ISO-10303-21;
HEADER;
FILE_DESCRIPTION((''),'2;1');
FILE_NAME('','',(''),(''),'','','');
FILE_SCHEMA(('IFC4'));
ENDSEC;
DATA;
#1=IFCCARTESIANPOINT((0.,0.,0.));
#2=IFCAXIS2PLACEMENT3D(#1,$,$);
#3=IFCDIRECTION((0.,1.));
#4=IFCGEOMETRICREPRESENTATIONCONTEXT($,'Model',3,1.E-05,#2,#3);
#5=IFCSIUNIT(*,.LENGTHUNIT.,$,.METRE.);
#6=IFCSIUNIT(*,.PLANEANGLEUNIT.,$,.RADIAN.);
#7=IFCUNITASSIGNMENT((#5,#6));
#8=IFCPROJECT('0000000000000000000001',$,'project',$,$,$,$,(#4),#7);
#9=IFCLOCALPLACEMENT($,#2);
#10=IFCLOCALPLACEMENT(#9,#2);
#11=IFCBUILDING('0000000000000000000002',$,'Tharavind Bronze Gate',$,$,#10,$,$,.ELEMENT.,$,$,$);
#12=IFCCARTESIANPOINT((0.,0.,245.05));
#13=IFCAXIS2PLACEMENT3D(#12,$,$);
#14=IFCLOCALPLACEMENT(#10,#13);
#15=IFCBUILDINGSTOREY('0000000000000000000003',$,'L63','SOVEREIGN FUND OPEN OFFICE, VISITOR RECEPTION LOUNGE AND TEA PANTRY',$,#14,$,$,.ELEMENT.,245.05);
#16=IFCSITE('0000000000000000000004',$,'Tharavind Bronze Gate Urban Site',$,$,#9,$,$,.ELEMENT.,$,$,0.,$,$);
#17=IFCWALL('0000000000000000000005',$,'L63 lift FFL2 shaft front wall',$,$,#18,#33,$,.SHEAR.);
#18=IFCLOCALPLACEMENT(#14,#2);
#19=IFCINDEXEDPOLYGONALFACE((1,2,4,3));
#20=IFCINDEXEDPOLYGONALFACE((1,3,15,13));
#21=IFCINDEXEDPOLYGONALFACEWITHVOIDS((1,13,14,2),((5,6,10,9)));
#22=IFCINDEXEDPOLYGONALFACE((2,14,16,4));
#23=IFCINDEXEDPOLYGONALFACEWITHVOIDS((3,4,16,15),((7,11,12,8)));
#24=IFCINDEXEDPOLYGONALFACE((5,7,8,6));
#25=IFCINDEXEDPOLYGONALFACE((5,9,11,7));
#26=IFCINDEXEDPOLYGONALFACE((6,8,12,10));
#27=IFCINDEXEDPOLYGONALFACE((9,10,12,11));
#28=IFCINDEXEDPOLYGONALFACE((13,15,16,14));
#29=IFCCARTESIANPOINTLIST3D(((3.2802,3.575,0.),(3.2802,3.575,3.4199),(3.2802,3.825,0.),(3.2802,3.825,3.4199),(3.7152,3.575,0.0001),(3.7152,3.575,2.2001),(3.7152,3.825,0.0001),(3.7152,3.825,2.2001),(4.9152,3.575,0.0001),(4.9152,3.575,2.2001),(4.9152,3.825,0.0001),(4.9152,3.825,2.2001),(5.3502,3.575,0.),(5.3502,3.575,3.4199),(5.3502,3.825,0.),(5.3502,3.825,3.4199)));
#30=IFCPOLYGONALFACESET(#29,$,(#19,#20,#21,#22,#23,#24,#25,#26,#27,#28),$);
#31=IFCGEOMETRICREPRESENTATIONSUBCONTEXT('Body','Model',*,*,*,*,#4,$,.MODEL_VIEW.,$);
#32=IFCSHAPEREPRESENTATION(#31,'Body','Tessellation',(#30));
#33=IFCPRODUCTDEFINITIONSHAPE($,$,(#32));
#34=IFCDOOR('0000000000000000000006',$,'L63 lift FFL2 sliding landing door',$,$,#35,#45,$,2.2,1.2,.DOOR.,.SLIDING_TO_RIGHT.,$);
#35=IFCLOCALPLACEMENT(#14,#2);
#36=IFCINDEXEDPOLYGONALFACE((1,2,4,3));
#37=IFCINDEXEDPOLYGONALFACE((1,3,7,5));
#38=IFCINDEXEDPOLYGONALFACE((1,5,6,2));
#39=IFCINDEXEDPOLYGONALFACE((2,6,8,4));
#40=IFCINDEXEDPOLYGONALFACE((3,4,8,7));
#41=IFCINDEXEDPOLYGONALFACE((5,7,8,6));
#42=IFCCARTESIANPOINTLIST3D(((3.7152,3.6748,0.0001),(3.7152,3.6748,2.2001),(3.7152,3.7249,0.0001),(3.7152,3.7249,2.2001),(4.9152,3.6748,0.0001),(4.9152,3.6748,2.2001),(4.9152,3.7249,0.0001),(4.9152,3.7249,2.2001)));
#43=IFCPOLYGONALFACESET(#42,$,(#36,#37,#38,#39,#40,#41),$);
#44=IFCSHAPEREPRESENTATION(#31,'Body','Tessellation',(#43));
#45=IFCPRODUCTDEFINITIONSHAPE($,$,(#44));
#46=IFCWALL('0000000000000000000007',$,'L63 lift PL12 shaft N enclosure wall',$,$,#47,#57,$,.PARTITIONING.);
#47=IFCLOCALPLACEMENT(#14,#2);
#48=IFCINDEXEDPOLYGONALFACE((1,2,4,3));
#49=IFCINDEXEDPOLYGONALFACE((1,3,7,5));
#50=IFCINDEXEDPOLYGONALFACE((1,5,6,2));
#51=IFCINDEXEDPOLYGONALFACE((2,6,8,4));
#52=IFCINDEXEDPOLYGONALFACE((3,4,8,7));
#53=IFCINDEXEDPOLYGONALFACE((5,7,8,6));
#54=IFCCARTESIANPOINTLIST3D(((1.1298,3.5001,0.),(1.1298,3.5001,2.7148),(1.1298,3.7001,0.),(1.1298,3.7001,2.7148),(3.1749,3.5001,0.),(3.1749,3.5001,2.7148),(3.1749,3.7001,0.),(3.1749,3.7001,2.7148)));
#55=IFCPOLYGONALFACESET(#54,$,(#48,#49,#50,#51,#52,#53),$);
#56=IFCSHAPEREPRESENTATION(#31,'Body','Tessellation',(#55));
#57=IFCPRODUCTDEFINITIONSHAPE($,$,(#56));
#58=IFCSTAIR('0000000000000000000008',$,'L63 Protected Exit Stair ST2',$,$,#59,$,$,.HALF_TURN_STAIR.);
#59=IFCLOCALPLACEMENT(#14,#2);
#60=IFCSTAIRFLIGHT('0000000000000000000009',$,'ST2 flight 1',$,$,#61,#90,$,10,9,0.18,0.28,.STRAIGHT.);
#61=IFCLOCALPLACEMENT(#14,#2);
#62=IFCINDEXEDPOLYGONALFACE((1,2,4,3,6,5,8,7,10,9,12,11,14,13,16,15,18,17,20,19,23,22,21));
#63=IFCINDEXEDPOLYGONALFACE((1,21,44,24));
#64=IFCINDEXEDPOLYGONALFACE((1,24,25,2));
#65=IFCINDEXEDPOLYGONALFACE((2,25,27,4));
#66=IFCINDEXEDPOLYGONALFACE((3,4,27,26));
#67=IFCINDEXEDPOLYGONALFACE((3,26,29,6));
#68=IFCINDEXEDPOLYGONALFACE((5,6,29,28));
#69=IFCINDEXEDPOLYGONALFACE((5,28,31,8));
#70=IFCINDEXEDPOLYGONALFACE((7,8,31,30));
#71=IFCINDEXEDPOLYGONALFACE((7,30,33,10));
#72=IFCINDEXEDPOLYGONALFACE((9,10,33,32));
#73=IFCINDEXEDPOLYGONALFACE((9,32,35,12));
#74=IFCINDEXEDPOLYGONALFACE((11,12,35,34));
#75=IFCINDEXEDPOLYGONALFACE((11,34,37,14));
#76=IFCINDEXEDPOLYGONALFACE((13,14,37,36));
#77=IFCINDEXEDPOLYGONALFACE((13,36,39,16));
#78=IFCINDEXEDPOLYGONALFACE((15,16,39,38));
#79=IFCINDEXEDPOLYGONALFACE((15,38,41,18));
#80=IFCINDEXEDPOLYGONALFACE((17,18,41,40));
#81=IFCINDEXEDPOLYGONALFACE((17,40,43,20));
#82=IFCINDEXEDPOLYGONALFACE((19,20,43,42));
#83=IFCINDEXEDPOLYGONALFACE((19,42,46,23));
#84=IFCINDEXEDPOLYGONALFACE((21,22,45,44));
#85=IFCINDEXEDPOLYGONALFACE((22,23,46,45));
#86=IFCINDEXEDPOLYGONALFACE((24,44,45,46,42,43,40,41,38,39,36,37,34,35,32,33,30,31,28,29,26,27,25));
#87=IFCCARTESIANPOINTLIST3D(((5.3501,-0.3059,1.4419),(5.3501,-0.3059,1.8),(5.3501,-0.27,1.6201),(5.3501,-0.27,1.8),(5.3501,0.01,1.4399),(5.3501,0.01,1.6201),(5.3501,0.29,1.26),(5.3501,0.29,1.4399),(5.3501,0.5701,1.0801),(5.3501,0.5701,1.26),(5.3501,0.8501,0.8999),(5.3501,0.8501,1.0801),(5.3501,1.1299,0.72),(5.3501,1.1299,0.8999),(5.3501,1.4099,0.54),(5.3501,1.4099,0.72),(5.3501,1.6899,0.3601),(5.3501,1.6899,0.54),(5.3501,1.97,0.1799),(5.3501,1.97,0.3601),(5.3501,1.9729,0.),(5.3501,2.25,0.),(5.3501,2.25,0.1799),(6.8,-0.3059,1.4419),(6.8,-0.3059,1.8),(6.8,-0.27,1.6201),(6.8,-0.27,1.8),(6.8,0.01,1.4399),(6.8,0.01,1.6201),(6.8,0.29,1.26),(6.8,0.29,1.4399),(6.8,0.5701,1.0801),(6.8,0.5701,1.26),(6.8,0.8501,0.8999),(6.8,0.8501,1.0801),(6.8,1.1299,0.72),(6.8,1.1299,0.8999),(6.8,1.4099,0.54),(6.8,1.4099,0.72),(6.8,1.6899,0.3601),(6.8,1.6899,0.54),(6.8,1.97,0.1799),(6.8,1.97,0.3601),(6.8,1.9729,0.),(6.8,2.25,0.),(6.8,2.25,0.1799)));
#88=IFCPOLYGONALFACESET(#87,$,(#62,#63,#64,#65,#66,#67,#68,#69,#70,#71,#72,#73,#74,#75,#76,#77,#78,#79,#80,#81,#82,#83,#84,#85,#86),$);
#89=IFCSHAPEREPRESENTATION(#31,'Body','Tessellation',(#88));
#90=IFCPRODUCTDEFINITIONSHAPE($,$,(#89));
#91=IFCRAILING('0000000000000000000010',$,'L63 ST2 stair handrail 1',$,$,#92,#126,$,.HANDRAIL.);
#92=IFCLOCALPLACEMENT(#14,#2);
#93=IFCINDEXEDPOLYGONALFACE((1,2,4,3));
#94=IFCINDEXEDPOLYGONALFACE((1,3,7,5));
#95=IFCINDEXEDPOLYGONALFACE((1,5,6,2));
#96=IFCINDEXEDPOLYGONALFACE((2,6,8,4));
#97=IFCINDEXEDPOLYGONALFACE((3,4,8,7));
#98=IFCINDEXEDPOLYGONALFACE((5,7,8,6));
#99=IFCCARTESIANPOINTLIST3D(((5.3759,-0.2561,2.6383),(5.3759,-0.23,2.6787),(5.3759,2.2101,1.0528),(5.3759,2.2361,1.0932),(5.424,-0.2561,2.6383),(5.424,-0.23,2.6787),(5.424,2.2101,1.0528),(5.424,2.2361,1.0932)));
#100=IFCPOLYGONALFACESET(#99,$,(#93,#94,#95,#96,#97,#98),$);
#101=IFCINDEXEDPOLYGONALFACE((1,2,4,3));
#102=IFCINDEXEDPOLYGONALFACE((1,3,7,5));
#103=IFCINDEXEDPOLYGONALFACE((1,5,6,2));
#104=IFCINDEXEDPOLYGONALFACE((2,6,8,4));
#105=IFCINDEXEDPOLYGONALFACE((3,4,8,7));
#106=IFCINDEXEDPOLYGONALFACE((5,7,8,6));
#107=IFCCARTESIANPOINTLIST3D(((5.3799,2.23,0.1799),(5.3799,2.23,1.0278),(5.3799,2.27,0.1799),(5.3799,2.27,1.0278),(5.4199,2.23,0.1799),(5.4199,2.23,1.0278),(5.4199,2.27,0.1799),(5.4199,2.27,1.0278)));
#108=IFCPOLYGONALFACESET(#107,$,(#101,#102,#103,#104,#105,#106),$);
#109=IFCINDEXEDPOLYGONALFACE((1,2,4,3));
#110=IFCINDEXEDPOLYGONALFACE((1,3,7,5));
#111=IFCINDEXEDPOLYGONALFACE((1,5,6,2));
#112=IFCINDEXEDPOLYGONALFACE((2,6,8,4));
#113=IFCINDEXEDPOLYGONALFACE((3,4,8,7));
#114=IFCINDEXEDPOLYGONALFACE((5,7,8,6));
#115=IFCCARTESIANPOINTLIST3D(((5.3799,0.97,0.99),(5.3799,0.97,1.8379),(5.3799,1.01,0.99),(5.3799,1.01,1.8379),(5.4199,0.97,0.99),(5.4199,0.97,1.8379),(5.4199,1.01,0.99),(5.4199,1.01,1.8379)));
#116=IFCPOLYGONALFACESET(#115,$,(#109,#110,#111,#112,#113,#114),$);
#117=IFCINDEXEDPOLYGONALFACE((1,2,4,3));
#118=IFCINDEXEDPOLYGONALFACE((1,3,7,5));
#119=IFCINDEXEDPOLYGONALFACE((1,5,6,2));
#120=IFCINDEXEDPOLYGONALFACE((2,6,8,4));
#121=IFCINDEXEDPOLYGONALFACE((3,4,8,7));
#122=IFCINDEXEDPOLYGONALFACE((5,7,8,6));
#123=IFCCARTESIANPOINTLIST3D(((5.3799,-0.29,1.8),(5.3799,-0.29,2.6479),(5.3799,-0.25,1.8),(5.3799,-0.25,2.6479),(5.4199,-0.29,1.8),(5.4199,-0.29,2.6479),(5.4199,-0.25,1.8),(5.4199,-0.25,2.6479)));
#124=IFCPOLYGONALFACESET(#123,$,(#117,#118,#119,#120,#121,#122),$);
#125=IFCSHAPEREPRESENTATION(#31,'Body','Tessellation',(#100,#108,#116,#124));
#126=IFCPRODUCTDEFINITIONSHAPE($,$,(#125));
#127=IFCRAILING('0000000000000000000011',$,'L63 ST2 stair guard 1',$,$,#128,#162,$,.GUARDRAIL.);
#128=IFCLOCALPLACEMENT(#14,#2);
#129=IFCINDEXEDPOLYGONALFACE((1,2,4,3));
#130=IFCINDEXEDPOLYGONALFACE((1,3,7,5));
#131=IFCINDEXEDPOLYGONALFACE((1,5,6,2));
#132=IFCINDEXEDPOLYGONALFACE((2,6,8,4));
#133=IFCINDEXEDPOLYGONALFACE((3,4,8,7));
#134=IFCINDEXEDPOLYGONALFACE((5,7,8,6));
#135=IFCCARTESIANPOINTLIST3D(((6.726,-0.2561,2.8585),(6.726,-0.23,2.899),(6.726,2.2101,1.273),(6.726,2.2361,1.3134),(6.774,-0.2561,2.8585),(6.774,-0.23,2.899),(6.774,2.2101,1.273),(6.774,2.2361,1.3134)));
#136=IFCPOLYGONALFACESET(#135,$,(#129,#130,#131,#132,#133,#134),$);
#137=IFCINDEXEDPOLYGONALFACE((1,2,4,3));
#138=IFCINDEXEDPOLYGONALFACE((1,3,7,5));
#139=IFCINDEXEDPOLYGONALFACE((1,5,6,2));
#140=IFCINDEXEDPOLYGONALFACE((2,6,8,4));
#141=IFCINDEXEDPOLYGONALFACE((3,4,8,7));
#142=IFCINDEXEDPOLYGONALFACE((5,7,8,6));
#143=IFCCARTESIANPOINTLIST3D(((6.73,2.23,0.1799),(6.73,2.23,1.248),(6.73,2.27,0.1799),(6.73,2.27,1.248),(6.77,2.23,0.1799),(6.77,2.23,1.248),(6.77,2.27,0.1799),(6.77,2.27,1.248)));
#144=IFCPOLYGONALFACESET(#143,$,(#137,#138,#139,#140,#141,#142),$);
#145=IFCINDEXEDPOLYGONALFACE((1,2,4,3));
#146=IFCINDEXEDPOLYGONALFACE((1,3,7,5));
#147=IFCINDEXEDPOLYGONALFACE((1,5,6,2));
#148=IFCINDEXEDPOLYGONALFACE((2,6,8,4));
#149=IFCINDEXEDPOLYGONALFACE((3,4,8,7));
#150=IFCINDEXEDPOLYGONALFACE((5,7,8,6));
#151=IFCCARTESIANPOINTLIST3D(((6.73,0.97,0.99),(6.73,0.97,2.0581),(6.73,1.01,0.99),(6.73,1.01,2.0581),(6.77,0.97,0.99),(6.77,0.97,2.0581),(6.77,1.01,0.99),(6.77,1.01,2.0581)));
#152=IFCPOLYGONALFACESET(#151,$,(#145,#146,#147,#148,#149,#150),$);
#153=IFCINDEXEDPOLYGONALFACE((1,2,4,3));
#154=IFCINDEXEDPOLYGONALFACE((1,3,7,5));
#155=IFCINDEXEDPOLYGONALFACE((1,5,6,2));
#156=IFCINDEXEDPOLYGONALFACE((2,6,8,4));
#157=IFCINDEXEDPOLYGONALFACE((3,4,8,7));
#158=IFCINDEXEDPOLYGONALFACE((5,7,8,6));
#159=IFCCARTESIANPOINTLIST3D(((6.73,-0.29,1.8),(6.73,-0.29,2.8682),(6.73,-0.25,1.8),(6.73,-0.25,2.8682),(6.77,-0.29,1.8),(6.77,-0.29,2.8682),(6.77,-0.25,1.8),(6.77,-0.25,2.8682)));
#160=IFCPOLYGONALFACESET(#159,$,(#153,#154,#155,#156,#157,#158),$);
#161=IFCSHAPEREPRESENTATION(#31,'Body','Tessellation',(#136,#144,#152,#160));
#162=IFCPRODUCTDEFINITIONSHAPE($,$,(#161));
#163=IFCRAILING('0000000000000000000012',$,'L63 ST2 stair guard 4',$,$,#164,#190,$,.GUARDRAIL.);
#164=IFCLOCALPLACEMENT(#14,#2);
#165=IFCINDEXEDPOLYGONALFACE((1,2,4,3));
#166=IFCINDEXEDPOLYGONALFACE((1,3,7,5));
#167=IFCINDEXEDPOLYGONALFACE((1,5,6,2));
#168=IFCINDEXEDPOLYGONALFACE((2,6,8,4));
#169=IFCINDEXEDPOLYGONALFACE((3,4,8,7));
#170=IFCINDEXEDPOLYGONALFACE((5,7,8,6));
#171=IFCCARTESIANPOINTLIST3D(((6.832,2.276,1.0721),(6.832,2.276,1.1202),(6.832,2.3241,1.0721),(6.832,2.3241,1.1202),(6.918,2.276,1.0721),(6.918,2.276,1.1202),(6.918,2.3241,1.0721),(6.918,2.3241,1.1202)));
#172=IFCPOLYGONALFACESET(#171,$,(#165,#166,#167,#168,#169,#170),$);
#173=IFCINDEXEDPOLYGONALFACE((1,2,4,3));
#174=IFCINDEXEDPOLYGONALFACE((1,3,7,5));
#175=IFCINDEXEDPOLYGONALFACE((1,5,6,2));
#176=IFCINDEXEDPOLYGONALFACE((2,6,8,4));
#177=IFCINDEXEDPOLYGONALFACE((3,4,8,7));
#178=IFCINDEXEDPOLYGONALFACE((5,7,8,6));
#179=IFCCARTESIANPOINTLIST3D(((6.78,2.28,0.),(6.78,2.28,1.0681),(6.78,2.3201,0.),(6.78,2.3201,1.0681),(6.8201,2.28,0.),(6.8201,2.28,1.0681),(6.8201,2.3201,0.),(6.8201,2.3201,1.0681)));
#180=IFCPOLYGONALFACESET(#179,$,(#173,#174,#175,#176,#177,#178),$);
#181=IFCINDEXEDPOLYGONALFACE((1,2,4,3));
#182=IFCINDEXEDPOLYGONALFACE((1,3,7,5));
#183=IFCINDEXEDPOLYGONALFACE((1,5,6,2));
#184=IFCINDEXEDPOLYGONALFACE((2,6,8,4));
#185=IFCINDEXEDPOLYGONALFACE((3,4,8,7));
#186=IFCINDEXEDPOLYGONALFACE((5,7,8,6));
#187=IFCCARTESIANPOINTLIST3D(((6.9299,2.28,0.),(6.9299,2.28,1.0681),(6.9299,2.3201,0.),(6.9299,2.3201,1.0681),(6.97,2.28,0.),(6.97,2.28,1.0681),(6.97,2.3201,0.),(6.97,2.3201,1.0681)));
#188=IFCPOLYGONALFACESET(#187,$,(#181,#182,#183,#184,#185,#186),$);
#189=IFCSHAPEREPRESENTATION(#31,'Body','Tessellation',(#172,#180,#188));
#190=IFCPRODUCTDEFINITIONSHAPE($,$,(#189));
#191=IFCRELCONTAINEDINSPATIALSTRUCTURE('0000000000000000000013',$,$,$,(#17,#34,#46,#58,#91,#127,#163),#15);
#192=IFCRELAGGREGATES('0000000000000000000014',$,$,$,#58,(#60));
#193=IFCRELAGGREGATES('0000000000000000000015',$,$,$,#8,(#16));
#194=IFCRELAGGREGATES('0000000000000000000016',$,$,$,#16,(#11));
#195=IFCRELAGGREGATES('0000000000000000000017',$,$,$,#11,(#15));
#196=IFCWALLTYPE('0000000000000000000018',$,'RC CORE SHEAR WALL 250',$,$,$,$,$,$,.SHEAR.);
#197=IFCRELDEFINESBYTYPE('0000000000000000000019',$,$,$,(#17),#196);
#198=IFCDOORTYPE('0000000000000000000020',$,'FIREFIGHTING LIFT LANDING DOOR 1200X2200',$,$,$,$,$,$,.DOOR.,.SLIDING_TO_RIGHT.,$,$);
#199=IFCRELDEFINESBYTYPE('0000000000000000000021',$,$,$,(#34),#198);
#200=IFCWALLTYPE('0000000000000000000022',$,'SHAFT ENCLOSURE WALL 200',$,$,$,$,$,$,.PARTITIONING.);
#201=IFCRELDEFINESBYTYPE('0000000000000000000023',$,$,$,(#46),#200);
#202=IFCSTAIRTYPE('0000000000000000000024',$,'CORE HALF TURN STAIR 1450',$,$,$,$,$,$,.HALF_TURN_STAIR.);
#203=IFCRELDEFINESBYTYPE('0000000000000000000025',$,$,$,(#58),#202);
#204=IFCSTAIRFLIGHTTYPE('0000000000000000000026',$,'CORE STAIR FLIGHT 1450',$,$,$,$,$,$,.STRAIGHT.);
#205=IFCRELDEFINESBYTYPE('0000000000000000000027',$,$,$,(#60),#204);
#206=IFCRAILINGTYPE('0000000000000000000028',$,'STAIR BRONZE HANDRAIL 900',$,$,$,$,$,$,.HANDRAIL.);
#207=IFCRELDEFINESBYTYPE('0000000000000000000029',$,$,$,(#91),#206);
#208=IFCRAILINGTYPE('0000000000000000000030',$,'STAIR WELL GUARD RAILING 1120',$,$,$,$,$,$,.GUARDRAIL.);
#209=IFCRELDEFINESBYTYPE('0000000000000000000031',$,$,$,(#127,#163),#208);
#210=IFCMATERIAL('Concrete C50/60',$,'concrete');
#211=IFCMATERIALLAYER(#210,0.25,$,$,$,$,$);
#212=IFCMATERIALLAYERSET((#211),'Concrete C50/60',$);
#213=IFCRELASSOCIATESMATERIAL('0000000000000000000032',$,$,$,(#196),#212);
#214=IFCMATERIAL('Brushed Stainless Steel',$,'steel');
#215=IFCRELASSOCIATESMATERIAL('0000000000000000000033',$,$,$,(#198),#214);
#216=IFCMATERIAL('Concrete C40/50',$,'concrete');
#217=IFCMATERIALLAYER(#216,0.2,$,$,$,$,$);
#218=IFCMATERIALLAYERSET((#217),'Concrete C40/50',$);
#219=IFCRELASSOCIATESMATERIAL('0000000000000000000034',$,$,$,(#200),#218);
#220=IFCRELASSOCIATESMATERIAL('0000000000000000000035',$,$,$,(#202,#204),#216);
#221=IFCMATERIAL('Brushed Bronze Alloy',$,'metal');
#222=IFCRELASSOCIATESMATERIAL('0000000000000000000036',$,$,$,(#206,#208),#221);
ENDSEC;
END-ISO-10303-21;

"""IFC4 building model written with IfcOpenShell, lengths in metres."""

from ifc_helpers import new_model, si_unit, direction, frame, frame_2d, origin, origin_2d, place, context, subcontext, project, spatial, polyline, rectangle, outline, extrude, material, layer, layer_set, type_object, element, fill, aggregate, save


model = new_model("IFC4")

# Units and contexts
model_context = context("Model", 3, precision=1e-05, world=origin(), true_north=direction((0.0, 1.0)))
body_context = subcontext(model_context, "Body", "Model", "MODEL_VIEW")
ifc_project = project(units=[si_unit("LENGTHUNIT", "METRE"), si_unit("PLANEANGLEUNIT", "RADIAN")], contexts=[model_context])

# Site, building, storey
site_placement = place(None, origin())
site = spatial("IfcSite", under=ifc_project, at=site_placement, Name="Tharavind Bronze Gate Urban Site", CompositionType="ELEMENT", RefElevation=0.0)
building_placement = place(site_placement, origin())
building = spatial("IfcBuilding", under=site, at=building_placement, Name="Tharavind Bronze Gate", CompositionType="ELEMENT")
storey_placement = place(building_placement, frame((0.0, 0.0, 245.05)))
storey = spatial("IfcBuildingStorey", under=building, at=storey_placement, Name="L63", Description="SOVEREIGN FUND OPEN OFFICE, VISITOR RECEPTION LOUNGE AND TEA PANTRY", CompositionType="ELEMENT", Elevation=245.05)

# Shared definitions
ifc_material_1 = material(Name="Concrete C50/60", Category="concrete")

# Wall, opening, door
ifc_layer_1 = layer(ifc_material_1, 0.25)
ifc_layer_set_1 = layer_set([ifc_layer_1], Name="Concrete C50/60")
wall_type_1 = type_object("IfcWallType", Name="RC CORE SHEAR WALL 250", PredefinedType="SHEAR", material=ifc_layer_set_1)
wall_1_placement = place(storey_placement, frame((3.28, 3.7, 0.0), z_axis=(0.0, 0.0, 1.0), x_axis=(1.0, 0.0, 0.0)))
wall_1 = element("IfcWall", 1, at=wall_1_placement, inside=storey, type_object=wall_type_1, Name="L63 lift FFL2 shaft front wall", PredefinedType="SHEAR", context=body_context, shape_type="SweptSolid", body=[
    extrude(rectangle(XDim=2.0701, YDim=0.25, at=frame_2d((1.0352, 0.0))), origin(), (0.0, 0.0, 1.0), 3.4199),
])
opening_1_placement = place(wall_1_placement, frame((0.4351, 0.0, 0.0)))
opening_1 = element("IfcOpeningElement", 2, at=opening_1_placement, cuts=wall_1, PredefinedType="OPENING", context=body_context, shape_type="SweptSolid", body=[
    extrude(rectangle(XDim=1.2, YDim=2.2, at=frame_2d((0.6001, 1.1001))), frame((0.0, 0.135, 0.0), z_axis=(0.0, -1.0, 0.0), x_axis=(1.0, 0.0, 0.0)), (0.0, 0.0, 1.0), 0.27),
])
ifc_material_2 = material(Name="Brushed Stainless Steel", Category="steel")
door_type_1 = type_object("IfcDoorType", Name="FIREFIGHTING LIFT LANDING DOOR 1200X2200", OperationType="SLIDING_TO_RIGHT", PredefinedType="DOOR", material=ifc_material_2)
door_1_placement = place(opening_1_placement, origin())
door_1 = element("IfcDoor", 3, at=door_1_placement, inside=storey, type_object=door_type_1, Name="L63 lift FFL2 sliding landing door", OperationType="SLIDING_TO_RIGHT", OverallHeight=2.2, OverallWidth=1.2, PredefinedType="DOOR", context=body_context, shape_type="SweptSolid", body=[
    extrude(rectangle(XDim=1.2, YDim=2.2, at=frame_2d((0.6001, 1.1001))), frame((0.0, 0.0249, 0.0), z_axis=(0.0, -1.0, 0.0), x_axis=(1.0, 0.0, 0.0)), (0.0, 0.0, 1.0), 0.05),
])
fill(opening_1, door_1)

# Wall
ifc_material_3 = material(Name="Concrete C40/50", Category="concrete")
ifc_layer_2 = layer(ifc_material_3, 0.2)
ifc_layer_set_2 = layer_set([ifc_layer_2], Name="Concrete C40/50")
wall_type_2 = type_object("IfcWallType", Name="SHAFT ENCLOSURE WALL 200", PredefinedType="PARTITIONING", material=ifc_layer_set_2)
wall_2_placement = place(storey_placement, frame((1.1299, 3.6001, 0.0), z_axis=(0.0, 0.0, 1.0), x_axis=(1.0, 0.0, 0.0)))
element("IfcWall", 4, at=wall_2_placement, inside=storey, type_object=wall_type_2, Name="L63 lift PL12 shaft N enclosure wall", PredefinedType="PARTITIONING", context=body_context, shape_type="SweptSolid", body=[
    extrude(rectangle(XDim=2.0452, YDim=0.2, at=frame_2d((1.0225, 0.0))), origin(), (0.0, 0.0, 1.0), 2.7148),
])

# Stair, stair flight
stair_type = type_object("IfcStairType", Name="CORE HALF TURN STAIR 1450", PredefinedType="HALF_TURN_STAIR", material=ifc_material_3)
stair_placement = place(storey_placement, origin())
stair = element("IfcStair", 5, at=stair_placement, inside=storey, type_object=stair_type, Name="L63 Protected Exit Stair ST2", PredefinedType="HALF_TURN_STAIR")
stair_flight_type = type_object("IfcStairFlightType", Name="CORE STAIR FLIGHT 1450", PredefinedType="STRAIGHT", material=ifc_material_3)
stair_flight_placement = place(storey_placement, frame((6.075, 2.25, 0.0), z_axis=(0.0, 0.0, 1.0), x_axis=(0.0, -1.0, 0.0)))
stair_flight = element("IfcStairFlight", 6, at=stair_flight_placement, type_object=stair_flight_type, Name="ST2 flight 1", NumberOfRisers=10, NumberOfTreads=9, PredefinedType="STRAIGHT", RiserHeight=0.18, TreadLength=0.28, context=body_context, shape_type="SweptSolid", body=[
    extrude(outline(polyline([(0.0, 0.0), (0.0, 0.1799), (0.28, 0.1799), (0.28, 0.3601), (0.5601, 0.3601), (0.5601, 0.54), (0.8401, 0.54), (0.8401, 0.72), (1.1201, 0.72), (1.1201, 0.8999), (1.3999, 0.8999), (1.3999, 1.0801), (1.6799, 1.0801), (1.6799, 1.26), (1.96, 1.26), (1.96, 1.4399), (2.24, 1.4399), (2.24, 1.6201), (2.52, 1.6201), (2.52, 1.8), (2.5559, 1.8), (2.5559, 1.4419), (0.2771, 0.0), (0.0, 0.0)])), frame((0.0, 0.7251, 0.0), z_axis=(0.0, -1.0, 0.0), x_axis=(1.0, 0.0, 0.0)), (0.0, 0.0, 1.0), 1.45),
])
aggregate(stair, [stair_flight])

# Railings
ifc_material_4 = material(Name="Brushed Bronze Alloy", Category="metal")
railing_type_1 = type_object("IfcRailingType", Name="STAIR BRONZE HANDRAIL 900", PredefinedType="HANDRAIL", material=ifc_material_4)
railing_1_placement = place(storey_placement, frame((5.3999, 2.25, 0.1799)))
element("IfcRailing", 7, at=railing_1_placement, inside=storey, type_object=railing_type_1, Name="L63 ST2 stair handrail 1", PredefinedType="HANDRAIL", context=body_context, shape_type="SweptSolid", body=[
    extrude(rectangle(XDim=0.0481, YDim=0.0481, at=origin_2d()), frame((0.0, -0.0269, 0.8931), z_axis=(0.0, -0.841163, 0.540782), x_axis=(1.0, 0.0, 0.0)), (0.0, 0.0, 1.0), 2.9319),
    extrude(rectangle(XDim=0.04, YDim=0.04, at=origin_2d()), origin(), (0.0, 0.0, 1.0), 0.8479),
    extrude(rectangle(XDim=0.04, YDim=0.04, at=origin_2d()), frame((0.0, -1.26, 0.8101)), (0.0, 0.0, 1.0), 0.8479),
    extrude(rectangle(XDim=0.04, YDim=0.04, at=origin_2d()), frame((0.0, -2.52, 1.6201)), (0.0, 0.0, 1.0), 0.8479),
])
railing_type_2 = type_object("IfcRailingType", Name="STAIR WELL GUARD RAILING 1120", PredefinedType="GUARDRAIL", material=ifc_material_4)
railing_2_placement = place(storey_placement, frame((6.75, 2.25, 0.1799)))
element("IfcRailing", 8, at=railing_2_placement, inside=storey, type_object=railing_type_2, Name="L63 ST2 stair guard 1", PredefinedType="GUARDRAIL", context=body_context, shape_type="SweptSolid", body=[
    extrude(rectangle(XDim=0.0481, YDim=0.0481, at=origin_2d()), frame((0.0, -0.0269, 1.1133), z_axis=(0.0, -0.841163, 0.540782), x_axis=(1.0, 0.0, 0.0)), (0.0, 0.0, 1.0), 2.9319),
    extrude(rectangle(XDim=0.04, YDim=0.04, at=origin_2d()), origin(), (0.0, 0.0, 1.0), 1.0681),
    extrude(rectangle(XDim=0.04, YDim=0.04, at=origin_2d()), frame((0.0, -1.26, 0.8101)), (0.0, 0.0, 1.0), 1.0681),
    extrude(rectangle(XDim=0.04, YDim=0.04, at=origin_2d()), frame((0.0, -2.52, 1.6201)), (0.0, 0.0, 1.0), 1.0681),
])
railing_3_placement = place(storey_placement, frame((6.8, 2.3, 0.0)))
element("IfcRailing", 9, at=railing_3_placement, inside=storey, type_object=railing_type_2, Name="L63 ST2 stair guard 4", PredefinedType="GUARDRAIL", context=body_context, shape_type="SweptSolid", body=[
    extrude(rectangle(XDim=0.0481, YDim=0.0481, at=origin_2d()), frame((0.032, 0.0, 1.0962), z_axis=(1.0, 0.0, 0.0), x_axis=(0.0, 1.0, 0.0)), (0.0, 0.0, 1.0), 0.0859),
    extrude(rectangle(XDim=0.04, YDim=0.04, at=origin_2d()), origin(), (0.0, 0.0, 1.0), 1.0681),
    extrude(rectangle(XDim=0.04, YDim=0.04, at=origin_2d()), frame((0.1499, 0.0, 0.0)), (0.0, 0.0, 1.0), 1.0681),
])

save(model, "model.ifc")
